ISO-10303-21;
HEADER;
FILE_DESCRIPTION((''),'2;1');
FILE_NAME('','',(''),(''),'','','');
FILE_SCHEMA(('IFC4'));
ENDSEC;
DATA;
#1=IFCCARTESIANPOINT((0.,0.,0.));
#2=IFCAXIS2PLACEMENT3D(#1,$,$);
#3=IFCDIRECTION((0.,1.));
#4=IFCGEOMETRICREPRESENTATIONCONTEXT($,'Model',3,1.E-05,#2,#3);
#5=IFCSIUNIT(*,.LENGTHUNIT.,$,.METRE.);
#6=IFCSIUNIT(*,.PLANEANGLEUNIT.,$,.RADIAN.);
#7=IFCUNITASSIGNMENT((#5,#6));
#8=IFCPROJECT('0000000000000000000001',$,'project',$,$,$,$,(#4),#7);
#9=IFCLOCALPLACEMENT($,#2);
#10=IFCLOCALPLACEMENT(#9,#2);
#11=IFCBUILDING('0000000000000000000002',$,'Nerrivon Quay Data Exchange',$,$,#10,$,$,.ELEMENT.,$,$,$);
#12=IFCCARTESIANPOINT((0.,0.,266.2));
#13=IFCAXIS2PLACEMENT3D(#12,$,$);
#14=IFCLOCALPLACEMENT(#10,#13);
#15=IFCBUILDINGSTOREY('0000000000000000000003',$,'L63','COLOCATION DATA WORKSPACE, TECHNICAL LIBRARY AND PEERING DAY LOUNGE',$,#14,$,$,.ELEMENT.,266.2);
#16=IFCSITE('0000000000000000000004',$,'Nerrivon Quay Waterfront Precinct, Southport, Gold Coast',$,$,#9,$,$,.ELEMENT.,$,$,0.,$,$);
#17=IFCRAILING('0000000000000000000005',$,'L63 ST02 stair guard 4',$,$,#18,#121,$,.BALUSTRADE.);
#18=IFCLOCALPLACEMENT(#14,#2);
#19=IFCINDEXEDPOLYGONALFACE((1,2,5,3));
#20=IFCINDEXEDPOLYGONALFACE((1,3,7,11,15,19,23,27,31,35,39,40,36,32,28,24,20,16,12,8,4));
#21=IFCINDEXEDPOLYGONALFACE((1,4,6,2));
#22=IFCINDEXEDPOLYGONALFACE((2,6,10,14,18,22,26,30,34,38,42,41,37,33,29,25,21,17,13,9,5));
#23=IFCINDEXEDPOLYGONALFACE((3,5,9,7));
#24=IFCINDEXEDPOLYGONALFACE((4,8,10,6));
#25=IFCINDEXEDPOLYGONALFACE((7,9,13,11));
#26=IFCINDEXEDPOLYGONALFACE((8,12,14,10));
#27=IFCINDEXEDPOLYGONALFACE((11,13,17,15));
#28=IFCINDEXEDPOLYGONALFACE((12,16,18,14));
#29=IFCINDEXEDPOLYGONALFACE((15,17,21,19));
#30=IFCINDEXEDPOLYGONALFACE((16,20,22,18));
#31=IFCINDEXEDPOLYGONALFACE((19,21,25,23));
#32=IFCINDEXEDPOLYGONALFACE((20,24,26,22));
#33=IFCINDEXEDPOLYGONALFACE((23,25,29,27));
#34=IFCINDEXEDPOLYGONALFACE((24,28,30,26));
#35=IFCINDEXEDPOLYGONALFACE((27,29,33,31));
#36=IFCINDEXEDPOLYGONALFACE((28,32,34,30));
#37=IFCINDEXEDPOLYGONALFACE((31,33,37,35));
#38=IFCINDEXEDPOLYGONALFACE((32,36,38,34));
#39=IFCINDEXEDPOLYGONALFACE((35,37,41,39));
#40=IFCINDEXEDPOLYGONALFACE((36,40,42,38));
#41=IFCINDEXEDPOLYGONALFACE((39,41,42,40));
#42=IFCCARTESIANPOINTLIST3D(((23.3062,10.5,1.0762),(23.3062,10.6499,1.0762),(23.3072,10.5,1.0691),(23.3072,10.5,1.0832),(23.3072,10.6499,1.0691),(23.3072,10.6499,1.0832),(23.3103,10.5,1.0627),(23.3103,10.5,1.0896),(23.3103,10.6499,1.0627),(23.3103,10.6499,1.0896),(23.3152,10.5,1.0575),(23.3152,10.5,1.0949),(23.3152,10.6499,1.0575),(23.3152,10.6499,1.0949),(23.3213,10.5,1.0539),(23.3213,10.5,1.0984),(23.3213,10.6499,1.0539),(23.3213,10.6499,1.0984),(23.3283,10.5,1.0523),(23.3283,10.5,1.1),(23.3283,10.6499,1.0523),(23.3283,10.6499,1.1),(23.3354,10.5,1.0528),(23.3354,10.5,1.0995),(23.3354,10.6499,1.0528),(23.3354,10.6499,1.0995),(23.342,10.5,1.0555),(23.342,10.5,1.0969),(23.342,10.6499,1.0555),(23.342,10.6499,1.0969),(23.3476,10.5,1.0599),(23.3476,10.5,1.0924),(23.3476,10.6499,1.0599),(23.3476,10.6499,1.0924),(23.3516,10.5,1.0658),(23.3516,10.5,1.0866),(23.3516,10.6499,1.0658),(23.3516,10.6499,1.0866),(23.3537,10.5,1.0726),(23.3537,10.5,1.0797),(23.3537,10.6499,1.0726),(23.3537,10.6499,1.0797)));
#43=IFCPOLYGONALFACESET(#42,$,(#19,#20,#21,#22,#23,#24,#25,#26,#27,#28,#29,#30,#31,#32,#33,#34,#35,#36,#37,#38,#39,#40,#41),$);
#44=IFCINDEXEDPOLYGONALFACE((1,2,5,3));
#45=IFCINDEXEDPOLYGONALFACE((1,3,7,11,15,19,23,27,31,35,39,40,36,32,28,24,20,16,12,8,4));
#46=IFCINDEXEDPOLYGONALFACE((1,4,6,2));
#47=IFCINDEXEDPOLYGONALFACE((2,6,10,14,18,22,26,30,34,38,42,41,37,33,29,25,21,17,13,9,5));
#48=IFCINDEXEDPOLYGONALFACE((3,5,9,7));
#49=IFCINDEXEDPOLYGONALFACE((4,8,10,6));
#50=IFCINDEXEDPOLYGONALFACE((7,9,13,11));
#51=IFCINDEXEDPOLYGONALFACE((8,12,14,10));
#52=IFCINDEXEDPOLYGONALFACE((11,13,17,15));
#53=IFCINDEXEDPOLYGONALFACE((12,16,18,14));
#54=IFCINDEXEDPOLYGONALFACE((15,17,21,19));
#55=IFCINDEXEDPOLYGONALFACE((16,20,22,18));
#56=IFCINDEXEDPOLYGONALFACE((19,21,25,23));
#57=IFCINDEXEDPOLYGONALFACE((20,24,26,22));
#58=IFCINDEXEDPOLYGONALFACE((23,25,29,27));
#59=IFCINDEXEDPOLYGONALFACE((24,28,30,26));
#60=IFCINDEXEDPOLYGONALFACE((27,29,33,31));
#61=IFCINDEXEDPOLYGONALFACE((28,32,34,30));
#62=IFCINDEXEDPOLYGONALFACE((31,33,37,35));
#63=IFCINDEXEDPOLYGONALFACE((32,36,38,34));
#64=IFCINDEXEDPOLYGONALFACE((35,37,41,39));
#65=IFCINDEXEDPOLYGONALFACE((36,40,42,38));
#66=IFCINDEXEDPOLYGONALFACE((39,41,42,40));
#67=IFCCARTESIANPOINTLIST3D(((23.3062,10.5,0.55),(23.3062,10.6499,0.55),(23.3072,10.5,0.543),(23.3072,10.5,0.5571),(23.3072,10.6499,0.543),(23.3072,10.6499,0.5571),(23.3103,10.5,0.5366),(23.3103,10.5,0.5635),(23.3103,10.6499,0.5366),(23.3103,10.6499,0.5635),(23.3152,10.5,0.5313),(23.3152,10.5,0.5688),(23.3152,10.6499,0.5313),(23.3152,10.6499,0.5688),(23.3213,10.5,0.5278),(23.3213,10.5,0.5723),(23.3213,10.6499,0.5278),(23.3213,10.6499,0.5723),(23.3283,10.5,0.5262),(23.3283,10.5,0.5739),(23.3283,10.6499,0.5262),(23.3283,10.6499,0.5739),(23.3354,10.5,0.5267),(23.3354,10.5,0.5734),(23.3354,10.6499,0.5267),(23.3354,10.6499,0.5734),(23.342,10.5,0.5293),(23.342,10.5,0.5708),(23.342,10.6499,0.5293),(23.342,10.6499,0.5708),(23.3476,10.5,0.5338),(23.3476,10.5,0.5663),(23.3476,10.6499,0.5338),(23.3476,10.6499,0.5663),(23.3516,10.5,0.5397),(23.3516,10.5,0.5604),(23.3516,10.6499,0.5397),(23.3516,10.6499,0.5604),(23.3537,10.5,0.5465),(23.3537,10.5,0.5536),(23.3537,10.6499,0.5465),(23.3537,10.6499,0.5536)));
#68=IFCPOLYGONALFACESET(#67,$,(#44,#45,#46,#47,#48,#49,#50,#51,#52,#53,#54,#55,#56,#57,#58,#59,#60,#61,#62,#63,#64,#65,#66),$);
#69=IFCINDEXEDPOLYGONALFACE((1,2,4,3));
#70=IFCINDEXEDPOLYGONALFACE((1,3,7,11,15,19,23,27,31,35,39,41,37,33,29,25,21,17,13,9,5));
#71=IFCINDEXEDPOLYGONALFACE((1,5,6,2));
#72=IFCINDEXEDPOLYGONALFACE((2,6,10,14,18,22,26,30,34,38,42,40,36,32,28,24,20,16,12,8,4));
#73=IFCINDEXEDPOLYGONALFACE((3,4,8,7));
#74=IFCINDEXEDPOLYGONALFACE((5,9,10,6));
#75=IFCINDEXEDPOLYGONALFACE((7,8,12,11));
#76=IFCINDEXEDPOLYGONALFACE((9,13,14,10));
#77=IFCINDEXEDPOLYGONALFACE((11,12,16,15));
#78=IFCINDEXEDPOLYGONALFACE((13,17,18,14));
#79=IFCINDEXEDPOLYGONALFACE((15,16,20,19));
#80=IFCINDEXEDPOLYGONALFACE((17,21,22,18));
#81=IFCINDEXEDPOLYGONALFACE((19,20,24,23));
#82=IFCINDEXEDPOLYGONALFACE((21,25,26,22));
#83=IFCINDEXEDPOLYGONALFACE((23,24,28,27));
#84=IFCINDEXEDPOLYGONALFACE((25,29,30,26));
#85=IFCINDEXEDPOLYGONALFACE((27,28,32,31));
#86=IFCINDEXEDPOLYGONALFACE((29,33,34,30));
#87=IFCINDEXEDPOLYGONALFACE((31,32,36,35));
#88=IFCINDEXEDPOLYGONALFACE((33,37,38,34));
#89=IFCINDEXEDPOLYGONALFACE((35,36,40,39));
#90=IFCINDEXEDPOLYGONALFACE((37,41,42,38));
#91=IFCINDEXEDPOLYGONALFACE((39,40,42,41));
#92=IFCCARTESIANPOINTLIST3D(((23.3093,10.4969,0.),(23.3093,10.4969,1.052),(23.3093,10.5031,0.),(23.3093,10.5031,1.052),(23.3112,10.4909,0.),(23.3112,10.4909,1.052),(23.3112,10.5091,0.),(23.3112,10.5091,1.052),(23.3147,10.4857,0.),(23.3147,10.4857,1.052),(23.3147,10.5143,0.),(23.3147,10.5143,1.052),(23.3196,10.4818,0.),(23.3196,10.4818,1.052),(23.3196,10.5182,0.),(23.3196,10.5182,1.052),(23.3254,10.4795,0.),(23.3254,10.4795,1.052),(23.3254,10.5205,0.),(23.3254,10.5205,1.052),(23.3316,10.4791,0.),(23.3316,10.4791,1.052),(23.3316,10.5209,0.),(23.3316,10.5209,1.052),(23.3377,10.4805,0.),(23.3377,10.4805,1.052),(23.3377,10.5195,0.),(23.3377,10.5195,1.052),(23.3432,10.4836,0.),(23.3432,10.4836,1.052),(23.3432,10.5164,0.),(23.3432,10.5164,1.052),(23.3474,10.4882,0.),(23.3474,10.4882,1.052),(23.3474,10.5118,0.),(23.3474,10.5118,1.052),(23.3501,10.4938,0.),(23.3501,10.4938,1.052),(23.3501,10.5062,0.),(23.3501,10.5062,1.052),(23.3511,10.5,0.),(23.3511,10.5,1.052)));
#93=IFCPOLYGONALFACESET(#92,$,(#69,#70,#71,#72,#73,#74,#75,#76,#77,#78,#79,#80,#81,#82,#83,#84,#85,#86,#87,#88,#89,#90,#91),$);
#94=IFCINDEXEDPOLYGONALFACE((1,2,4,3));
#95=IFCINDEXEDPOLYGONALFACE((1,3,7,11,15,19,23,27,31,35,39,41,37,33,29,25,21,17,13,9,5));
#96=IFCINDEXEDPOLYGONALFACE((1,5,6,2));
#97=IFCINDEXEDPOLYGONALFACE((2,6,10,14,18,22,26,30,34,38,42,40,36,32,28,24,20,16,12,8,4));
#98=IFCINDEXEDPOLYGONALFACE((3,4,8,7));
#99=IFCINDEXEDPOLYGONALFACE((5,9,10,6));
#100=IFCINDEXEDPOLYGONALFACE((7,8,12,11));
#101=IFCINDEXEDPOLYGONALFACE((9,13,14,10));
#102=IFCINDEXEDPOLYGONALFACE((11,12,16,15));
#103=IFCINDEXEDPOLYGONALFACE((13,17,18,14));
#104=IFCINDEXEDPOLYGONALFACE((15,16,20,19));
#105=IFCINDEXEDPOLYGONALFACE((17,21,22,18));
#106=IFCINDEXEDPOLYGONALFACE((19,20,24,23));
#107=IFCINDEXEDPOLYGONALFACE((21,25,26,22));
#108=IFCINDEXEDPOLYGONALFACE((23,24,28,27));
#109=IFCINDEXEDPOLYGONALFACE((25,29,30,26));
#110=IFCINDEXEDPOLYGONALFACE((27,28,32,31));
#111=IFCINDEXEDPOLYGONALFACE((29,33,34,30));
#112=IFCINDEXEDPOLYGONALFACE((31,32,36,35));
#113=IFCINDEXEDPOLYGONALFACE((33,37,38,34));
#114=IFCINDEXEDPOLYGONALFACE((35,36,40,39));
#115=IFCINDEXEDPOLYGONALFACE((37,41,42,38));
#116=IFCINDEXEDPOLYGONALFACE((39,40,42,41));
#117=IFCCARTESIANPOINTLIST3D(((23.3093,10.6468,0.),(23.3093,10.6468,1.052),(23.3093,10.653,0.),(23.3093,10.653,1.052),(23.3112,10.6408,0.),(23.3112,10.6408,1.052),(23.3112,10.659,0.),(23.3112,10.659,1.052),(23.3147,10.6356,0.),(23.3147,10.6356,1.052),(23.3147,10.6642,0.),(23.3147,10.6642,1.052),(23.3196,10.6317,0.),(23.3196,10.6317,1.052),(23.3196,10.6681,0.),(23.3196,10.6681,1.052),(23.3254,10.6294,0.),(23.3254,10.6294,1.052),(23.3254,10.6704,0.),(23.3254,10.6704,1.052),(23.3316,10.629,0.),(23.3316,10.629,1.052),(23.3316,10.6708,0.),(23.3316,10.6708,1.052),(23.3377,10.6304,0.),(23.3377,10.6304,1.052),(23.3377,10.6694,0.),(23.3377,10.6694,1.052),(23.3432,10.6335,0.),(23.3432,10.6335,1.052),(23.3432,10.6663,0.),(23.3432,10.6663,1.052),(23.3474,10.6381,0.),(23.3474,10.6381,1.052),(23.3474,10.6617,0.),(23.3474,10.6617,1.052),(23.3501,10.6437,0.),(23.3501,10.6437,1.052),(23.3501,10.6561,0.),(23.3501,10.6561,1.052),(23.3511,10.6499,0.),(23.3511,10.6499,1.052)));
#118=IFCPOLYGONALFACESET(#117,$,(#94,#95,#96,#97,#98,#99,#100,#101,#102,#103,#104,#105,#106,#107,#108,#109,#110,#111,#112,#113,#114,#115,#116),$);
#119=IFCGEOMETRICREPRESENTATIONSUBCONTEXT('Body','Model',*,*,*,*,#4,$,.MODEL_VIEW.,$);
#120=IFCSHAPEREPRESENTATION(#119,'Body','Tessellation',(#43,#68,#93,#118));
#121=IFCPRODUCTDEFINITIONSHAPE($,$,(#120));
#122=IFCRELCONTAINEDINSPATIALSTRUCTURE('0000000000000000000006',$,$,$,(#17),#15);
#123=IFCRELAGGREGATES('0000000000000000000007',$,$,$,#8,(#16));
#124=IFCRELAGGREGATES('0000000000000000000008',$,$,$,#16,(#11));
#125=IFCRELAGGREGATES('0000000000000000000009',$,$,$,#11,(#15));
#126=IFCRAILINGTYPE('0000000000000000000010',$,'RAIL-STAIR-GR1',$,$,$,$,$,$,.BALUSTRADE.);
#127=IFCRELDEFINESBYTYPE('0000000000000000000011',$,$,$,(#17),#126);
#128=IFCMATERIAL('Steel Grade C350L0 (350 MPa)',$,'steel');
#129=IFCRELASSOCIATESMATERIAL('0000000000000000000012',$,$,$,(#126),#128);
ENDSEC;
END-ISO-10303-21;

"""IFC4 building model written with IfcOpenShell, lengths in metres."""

from ifc_helpers import new_model, si_unit, direction, frame, origin, origin_2d, place, context, subcontext, project, spatial, circle, extrude, material, type_object, element, save


model = new_model("IFC4")

# Units and contexts
model_context = context("Model", 3, precision=1e-05, world=origin(), true_north=direction((0.0, 1.0)))
body_context = subcontext(model_context, "Body", "Model", "MODEL_VIEW")
ifc_project = project(units=[si_unit("LENGTHUNIT", "METRE"), si_unit("PLANEANGLEUNIT", "RADIAN")], contexts=[model_context])

# Site, building, storey
site_placement = place(None, origin())
site = spatial("IfcSite", under=ifc_project, at=site_placement, Name="Nerrivon Quay Waterfront Precinct, Southport, Gold Coast", CompositionType="ELEMENT", RefElevation=0.0)
building_placement = place(site_placement, origin())
building = spatial("IfcBuilding", under=site, at=building_placement, Name="Nerrivon Quay Data Exchange", CompositionType="ELEMENT")
storey_placement = place(building_placement, frame((0.0, 0.0, 266.2)))
storey = spatial("IfcBuildingStorey", under=building, at=storey_placement, Name="L63", Description="COLOCATION DATA WORKSPACE, TECHNICAL LIBRARY AND PEERING DAY LOUNGE", CompositionType="ELEMENT", Elevation=266.2)

# Railing
ifc_material_1 = material(Name="Steel Grade C350L0 (350 MPa)", Category="steel")
railing_type_1 = type_object("IfcRailingType", Name="RAIL-STAIR-GR1", PredefinedType="BALUSTRADE", material=ifc_material_1)
railing_1_placement = place(storey_placement, frame((23.3301, 10.5, 0.0)))
element("IfcRailing", 1, at=railing_1_placement, inside=storey, type_object=railing_type_1, Name="L63 ST02 stair guard 4", PredefinedType="BALUSTRADE", context=body_context, shape_type="SweptSolid", body=[
    extrude(circle(Radius=0.0239, at=origin_2d()), frame((0.0, 0.0, 1.0762), z_axis=(0.0, 1.0, 0.0), x_axis=(-1.0, 0.0, 0.0)), (0.0, 0.0, 1.0), 0.1499),
    extrude(circle(Radius=0.0239, at=origin_2d()), frame((0.0, 0.0, 0.55), z_axis=(0.0, 1.0, 0.0), x_axis=(-1.0, 0.0, 0.0)), (0.0, 0.0, 1.0), 0.1499),
    extrude(circle(Radius=0.021, at=origin_2d()), origin(), (0.0, 0.0, 1.0), 1.052),
    extrude(circle(Radius=0.021, at=origin_2d()), frame((0.0, 0.1499, 0.0)), (0.0, 0.0, 1.0), 1.052),
])

save(model, "model.ifc")
